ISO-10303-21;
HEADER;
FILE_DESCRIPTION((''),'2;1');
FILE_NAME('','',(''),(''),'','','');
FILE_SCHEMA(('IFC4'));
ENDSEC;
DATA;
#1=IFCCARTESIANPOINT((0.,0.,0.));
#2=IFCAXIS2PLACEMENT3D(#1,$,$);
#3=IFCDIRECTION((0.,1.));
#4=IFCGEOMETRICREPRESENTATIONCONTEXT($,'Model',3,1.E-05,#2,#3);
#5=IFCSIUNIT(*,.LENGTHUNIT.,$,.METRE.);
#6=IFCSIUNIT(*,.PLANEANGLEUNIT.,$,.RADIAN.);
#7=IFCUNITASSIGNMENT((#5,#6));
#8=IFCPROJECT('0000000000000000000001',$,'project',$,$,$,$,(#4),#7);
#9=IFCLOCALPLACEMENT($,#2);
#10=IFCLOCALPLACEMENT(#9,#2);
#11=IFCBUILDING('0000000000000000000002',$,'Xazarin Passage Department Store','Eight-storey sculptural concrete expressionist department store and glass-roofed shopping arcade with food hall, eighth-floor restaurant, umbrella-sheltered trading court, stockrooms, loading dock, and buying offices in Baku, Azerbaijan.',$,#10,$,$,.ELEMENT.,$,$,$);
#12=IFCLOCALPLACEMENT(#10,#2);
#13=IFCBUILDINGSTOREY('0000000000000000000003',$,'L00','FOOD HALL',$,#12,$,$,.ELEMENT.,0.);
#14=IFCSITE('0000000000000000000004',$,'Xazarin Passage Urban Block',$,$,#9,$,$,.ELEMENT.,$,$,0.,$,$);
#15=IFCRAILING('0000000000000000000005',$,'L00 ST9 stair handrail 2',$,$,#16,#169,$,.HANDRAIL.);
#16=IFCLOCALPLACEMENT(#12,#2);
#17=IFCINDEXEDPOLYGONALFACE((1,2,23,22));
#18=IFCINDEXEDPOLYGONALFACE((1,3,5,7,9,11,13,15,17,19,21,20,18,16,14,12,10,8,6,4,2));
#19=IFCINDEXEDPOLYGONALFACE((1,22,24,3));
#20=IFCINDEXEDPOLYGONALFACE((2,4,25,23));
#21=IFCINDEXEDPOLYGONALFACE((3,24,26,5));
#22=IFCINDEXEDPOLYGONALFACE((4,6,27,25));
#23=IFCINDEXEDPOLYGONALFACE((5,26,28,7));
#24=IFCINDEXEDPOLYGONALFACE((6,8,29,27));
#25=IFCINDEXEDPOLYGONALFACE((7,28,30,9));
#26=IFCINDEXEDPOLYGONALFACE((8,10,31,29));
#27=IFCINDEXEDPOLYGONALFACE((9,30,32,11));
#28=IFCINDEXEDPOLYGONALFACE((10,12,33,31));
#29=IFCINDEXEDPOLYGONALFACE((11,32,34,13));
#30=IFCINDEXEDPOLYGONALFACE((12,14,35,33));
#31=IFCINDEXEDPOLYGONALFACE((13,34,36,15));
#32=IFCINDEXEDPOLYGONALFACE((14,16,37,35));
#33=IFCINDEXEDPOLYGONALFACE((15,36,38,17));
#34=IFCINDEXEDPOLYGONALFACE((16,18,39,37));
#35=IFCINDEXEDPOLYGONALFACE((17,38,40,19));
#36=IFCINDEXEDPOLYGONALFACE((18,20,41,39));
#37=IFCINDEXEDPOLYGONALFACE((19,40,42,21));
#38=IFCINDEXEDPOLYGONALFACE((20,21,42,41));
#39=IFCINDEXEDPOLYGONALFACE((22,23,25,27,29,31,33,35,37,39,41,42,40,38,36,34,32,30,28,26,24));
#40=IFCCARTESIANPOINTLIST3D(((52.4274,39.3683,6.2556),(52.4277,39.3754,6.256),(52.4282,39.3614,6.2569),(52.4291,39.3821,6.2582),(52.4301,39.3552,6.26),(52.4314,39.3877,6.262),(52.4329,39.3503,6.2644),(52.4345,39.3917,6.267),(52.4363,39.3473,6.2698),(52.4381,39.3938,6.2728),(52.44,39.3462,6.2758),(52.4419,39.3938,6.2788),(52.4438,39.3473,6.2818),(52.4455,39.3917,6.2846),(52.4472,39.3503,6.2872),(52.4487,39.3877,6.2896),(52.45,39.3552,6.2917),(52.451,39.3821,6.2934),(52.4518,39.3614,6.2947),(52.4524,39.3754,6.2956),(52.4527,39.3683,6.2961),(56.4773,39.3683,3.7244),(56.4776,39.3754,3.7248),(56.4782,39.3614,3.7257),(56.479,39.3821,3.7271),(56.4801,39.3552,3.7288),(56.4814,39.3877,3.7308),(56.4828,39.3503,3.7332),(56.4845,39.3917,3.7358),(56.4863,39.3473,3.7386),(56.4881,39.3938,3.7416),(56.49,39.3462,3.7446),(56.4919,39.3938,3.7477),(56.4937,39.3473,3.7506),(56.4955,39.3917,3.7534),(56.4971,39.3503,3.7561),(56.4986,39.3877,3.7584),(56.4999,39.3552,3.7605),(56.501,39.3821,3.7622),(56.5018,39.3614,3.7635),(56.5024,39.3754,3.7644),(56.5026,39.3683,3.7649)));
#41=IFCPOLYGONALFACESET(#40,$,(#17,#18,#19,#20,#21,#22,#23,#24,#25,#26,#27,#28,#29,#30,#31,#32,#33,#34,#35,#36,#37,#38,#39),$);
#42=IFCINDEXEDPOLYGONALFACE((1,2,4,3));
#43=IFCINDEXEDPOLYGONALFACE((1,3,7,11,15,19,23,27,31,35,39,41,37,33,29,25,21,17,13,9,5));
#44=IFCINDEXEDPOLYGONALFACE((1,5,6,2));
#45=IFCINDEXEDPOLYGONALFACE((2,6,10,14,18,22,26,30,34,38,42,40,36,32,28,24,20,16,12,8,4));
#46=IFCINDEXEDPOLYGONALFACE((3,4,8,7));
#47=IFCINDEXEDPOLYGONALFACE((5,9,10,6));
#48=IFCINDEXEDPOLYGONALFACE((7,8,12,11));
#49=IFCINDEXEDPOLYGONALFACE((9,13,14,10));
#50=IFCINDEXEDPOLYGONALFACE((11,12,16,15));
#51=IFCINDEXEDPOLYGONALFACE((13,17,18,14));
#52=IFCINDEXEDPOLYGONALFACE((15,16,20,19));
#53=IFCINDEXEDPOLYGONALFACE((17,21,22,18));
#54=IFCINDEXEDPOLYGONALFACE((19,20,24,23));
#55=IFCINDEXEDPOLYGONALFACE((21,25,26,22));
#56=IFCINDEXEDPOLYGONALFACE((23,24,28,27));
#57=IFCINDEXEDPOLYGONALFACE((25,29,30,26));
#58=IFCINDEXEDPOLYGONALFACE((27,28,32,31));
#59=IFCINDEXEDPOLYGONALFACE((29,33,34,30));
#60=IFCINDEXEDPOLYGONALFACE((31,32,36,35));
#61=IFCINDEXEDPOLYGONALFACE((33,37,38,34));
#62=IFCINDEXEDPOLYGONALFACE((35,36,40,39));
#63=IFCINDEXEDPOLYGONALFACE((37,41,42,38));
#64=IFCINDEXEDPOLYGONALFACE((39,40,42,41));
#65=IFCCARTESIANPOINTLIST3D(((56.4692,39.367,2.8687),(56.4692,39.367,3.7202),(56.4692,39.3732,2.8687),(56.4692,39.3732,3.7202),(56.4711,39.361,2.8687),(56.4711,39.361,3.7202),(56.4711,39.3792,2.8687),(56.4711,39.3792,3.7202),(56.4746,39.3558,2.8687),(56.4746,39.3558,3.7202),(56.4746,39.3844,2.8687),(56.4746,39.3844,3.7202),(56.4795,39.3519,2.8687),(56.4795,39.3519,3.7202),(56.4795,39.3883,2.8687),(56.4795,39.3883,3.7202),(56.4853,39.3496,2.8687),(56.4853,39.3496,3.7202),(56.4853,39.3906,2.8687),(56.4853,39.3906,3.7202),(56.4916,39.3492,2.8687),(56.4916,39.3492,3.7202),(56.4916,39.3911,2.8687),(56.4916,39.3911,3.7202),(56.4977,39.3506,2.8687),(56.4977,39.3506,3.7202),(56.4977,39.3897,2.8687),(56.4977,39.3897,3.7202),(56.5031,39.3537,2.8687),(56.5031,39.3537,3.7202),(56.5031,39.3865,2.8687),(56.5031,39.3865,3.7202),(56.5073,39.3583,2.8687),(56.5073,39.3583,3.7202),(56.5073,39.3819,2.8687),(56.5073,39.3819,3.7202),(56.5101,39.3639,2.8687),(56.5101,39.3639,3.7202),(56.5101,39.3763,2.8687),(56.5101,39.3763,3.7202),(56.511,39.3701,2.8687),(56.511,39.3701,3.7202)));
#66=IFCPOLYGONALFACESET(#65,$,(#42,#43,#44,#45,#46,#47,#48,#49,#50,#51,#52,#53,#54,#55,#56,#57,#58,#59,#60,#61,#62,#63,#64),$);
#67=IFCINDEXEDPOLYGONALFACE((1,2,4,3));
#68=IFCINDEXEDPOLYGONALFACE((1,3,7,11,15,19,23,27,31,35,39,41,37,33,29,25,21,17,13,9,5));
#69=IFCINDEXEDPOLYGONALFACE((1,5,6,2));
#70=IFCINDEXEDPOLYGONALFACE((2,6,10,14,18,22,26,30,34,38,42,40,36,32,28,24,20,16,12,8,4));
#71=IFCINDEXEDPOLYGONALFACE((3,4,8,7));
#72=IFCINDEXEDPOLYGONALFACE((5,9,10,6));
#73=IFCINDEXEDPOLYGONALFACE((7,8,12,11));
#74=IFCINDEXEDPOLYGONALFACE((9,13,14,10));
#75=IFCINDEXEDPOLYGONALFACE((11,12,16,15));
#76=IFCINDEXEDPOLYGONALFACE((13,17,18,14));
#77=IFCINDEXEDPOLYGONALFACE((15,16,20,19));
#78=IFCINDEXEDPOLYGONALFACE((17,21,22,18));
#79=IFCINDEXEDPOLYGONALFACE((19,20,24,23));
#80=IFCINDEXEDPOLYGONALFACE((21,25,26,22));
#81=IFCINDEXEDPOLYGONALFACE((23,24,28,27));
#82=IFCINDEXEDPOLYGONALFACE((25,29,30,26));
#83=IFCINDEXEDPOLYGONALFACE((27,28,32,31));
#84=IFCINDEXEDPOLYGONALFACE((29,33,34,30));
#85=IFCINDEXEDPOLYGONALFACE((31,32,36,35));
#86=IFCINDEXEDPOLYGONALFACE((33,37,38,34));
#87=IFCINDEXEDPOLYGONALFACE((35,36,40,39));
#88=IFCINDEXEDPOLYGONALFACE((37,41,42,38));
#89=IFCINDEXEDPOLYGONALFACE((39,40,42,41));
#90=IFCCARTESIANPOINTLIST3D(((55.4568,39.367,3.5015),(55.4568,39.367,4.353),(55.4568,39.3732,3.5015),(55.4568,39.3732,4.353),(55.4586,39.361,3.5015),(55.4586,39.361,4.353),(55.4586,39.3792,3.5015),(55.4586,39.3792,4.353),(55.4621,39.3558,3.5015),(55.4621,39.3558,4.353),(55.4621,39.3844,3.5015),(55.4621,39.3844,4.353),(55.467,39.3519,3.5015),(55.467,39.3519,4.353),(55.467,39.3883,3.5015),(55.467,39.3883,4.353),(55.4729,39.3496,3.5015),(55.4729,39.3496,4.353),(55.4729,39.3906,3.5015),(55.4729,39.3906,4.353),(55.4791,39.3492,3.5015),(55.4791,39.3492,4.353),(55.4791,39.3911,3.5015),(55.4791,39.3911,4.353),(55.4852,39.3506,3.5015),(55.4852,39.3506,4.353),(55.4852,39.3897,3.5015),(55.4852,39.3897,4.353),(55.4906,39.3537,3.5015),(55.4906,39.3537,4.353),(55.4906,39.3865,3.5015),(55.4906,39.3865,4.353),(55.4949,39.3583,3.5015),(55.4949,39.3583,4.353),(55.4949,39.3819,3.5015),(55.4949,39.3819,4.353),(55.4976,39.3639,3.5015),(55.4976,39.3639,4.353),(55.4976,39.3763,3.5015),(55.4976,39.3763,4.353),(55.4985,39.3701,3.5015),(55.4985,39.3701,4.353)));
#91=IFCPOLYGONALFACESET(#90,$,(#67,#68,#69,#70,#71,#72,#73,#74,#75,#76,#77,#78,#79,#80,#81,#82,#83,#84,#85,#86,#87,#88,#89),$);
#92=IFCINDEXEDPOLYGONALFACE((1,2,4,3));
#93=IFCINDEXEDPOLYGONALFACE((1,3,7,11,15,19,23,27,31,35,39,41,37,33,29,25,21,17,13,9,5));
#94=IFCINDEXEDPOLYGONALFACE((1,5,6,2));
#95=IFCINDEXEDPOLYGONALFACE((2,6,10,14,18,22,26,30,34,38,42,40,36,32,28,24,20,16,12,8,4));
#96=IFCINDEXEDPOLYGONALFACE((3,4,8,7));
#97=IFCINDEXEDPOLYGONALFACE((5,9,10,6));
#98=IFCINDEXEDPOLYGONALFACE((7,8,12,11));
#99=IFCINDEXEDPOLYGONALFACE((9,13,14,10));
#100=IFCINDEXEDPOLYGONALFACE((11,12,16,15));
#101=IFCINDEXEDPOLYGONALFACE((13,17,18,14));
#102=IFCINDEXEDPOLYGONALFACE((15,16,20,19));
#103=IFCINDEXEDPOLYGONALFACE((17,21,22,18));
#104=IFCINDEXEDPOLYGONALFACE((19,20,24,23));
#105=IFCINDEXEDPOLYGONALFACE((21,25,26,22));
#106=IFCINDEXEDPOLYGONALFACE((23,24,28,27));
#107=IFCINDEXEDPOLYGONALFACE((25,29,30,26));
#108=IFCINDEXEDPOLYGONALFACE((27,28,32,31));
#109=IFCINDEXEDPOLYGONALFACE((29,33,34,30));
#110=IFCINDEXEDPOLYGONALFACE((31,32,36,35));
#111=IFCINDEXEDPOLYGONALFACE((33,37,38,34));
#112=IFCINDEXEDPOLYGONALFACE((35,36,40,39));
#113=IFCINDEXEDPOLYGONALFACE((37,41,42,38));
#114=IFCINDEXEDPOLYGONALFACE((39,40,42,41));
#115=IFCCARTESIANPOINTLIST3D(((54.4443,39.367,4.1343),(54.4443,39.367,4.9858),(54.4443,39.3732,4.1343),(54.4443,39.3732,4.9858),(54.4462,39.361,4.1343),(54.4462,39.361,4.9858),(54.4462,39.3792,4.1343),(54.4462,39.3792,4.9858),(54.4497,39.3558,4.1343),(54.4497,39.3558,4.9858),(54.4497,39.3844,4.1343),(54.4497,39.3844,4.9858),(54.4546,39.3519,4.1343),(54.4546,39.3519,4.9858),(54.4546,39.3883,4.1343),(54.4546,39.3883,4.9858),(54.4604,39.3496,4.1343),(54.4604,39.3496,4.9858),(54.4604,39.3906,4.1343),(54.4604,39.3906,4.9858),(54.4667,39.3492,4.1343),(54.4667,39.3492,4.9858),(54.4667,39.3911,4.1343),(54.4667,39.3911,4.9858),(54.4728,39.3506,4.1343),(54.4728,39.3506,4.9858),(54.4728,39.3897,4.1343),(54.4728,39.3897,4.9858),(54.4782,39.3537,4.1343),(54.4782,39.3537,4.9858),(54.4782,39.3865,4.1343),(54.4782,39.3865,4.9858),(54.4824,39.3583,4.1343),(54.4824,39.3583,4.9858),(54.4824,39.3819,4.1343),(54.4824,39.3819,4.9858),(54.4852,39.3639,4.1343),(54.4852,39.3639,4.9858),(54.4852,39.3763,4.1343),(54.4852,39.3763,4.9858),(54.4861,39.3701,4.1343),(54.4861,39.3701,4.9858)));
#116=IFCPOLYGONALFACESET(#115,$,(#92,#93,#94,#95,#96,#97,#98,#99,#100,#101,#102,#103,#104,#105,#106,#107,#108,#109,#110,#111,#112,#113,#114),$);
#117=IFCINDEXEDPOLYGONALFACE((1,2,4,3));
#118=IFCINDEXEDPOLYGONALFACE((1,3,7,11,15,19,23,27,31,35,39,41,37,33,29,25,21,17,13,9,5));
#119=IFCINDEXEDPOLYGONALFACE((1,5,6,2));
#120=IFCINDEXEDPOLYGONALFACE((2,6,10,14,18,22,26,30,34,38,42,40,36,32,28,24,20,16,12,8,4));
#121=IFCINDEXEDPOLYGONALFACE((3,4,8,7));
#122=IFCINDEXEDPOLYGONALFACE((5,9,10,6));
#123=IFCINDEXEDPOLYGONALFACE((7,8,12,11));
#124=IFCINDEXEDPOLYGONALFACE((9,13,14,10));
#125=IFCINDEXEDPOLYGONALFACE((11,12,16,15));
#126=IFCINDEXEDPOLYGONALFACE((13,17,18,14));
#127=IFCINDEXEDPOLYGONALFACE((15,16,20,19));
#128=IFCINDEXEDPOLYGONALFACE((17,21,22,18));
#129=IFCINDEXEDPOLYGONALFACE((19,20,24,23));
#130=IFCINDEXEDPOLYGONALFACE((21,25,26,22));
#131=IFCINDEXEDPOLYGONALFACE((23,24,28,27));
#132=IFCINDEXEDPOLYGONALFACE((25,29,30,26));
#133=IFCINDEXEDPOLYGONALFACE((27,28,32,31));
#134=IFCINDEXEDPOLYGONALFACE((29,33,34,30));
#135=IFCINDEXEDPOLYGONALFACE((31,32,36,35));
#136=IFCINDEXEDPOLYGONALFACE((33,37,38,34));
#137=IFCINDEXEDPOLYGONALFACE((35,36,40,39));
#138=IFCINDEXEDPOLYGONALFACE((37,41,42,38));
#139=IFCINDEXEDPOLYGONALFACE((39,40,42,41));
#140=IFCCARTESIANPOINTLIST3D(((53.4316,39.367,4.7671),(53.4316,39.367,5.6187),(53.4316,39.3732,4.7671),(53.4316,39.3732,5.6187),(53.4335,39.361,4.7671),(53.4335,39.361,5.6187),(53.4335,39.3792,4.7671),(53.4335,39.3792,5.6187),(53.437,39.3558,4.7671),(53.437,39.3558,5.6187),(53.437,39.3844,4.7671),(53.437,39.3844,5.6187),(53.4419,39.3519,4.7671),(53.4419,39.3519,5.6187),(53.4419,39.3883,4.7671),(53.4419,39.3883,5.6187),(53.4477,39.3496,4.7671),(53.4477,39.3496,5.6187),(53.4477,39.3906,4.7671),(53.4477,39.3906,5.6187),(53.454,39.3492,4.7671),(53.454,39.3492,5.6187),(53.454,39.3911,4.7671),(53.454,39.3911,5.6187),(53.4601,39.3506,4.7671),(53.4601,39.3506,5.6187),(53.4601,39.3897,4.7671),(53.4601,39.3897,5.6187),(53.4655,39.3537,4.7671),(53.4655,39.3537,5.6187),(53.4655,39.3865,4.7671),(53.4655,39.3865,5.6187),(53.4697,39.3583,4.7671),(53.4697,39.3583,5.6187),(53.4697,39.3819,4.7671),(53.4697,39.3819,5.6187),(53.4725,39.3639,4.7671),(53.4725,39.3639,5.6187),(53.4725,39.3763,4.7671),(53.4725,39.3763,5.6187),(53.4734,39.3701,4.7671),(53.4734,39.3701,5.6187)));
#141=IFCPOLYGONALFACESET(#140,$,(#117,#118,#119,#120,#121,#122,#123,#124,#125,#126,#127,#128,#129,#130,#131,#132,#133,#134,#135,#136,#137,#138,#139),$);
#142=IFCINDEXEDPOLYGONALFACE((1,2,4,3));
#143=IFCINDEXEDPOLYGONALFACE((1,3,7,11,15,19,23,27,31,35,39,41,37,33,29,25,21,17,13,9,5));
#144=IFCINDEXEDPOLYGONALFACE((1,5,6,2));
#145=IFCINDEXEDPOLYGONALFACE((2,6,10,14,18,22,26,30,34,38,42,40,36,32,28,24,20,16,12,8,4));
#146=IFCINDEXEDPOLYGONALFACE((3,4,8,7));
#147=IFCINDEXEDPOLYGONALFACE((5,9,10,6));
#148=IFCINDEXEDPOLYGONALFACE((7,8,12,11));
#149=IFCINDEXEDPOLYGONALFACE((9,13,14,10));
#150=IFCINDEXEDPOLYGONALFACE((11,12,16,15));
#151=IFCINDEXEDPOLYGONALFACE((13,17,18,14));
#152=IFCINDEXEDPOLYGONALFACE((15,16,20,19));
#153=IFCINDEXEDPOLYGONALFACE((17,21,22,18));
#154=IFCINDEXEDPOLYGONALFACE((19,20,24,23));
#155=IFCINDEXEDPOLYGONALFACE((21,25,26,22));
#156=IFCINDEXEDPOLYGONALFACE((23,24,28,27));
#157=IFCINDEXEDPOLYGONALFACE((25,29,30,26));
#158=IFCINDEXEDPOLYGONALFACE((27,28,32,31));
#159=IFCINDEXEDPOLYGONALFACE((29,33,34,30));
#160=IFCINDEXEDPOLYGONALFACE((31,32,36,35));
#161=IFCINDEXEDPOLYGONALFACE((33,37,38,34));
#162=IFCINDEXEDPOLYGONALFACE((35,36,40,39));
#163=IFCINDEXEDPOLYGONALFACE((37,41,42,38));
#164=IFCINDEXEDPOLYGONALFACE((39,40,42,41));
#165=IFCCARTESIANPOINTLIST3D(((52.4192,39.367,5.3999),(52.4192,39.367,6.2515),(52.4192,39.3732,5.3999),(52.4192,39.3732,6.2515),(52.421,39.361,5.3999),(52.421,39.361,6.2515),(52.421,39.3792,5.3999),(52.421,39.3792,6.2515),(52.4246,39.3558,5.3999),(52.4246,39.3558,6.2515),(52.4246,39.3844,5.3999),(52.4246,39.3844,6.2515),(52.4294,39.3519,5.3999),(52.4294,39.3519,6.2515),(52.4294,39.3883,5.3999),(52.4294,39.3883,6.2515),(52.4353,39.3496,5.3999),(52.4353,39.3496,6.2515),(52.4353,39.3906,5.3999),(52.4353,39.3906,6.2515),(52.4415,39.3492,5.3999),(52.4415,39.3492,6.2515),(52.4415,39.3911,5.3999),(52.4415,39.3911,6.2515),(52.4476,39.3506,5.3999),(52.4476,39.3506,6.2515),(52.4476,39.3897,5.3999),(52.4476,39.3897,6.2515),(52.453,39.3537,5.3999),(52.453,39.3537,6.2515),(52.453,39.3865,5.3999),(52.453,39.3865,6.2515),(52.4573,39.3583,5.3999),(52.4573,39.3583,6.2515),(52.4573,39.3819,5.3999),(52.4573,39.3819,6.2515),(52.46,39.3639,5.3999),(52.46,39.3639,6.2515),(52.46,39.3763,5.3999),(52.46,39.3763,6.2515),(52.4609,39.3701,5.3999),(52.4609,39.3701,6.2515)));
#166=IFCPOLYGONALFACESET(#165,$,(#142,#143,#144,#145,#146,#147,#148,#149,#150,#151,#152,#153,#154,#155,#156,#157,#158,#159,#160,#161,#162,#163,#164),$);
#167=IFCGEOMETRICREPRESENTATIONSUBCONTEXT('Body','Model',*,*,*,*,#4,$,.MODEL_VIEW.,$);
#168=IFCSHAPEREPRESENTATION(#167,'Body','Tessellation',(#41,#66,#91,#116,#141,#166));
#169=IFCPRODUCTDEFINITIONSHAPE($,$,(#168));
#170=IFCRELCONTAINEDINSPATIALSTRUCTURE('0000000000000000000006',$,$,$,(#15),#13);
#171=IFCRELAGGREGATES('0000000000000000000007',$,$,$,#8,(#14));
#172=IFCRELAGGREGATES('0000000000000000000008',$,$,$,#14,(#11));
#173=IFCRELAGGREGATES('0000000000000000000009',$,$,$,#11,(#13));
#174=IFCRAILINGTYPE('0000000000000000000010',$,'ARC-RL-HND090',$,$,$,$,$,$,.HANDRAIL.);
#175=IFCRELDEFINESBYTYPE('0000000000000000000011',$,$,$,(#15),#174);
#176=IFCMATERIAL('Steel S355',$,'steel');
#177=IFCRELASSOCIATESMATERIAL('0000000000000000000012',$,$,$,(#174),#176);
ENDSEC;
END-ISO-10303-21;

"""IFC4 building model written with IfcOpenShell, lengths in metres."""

from ifc_helpers import new_model, si_unit, direction, frame, origin, origin_2d, place, context, subcontext, project, spatial, circle, extrude, material, type_object, element, save


model = new_model("IFC4")

# Units and contexts
model_context = context("Model", 3, precision=1e-05, world=origin(), true_north=direction((0.0, 1.0)))
body_context = subcontext(model_context, "Body", "Model", "MODEL_VIEW")
ifc_project = project(units=[si_unit("LENGTHUNIT", "METRE"), si_unit("PLANEANGLEUNIT", "RADIAN")], contexts=[model_context])

# Site, building, storey
site_placement = place(None, origin())
site = spatial("IfcSite", under=ifc_project, at=site_placement, Name="Xazarin Passage Urban Block", CompositionType="ELEMENT", RefElevation=0.0)
building_placement = place(site_placement, origin())
building = spatial("IfcBuilding", under=site, at=building_placement, Name="Xazarin Passage Department Store", Description="Eight-storey sculptural concrete expressionist department store and glass-roofed shopping arcade with food hall, eighth-floor restaurant, umbrella-sheltered trading court, stockrooms, loading dock, and buying offices in Baku, Azerbaijan.", CompositionType="ELEMENT")
storey_placement = place(building_placement, origin())
storey = spatial("IfcBuildingStorey", under=building, at=storey_placement, Name="L00", Description="FOOD HALL", CompositionType="ELEMENT", Elevation=0.0)

# Shared definitions
ifc_material_1 = material(Name="Steel S355", Category="steel")

# Railing
railing_type_1 = type_object("IfcRailingType", Name="ARC-RL-HND090", PredefinedType="HANDRAIL", material=ifc_material_1)
railing_1_placement = place(storey_placement, frame((56.49, 39.3701, 2.8687)))
element("IfcRailing", 1, at=railing_1_placement, inside=storey, type_object=railing_type_1, Name="L00 ST9 stair handrail 2", PredefinedType="HANDRAIL", context=body_context, shape_type="SweptSolid", body=[
    extrude(circle(Radius=0.0239, at=origin_2d()), frame((0.0, 0.0, 0.876), z_axis=(-0.848001, 0.0, 0.529994), x_axis=(0.0, -1.0, 0.0)), (0.0, 0.0, 1.0), 4.7759),
    extrude(circle(Radius=0.021, at=origin_2d()), origin(), (0.0, 0.0, 1.0), 0.8516),
    extrude(circle(Radius=0.021, at=origin_2d()), frame((-1.0125, 0.0, 0.6328)), (0.0, 0.0, 1.0), 0.8516),
    extrude(circle(Radius=0.021, at=origin_2d()), frame((-2.0249, 0.0, 1.2656)), (0.0, 0.0, 1.0), 0.8516),
    extrude(circle(Radius=0.021, at=origin_2d()), frame((-3.0376, 0.0, 1.8984)), (0.0, 0.0, 1.0), 0.8516),
    extrude(circle(Radius=0.021, at=origin_2d()), frame((-4.05, 0.0, 2.5312)), (0.0, 0.0, 1.0), 0.8516),
])

save(model, "model.ifc")
